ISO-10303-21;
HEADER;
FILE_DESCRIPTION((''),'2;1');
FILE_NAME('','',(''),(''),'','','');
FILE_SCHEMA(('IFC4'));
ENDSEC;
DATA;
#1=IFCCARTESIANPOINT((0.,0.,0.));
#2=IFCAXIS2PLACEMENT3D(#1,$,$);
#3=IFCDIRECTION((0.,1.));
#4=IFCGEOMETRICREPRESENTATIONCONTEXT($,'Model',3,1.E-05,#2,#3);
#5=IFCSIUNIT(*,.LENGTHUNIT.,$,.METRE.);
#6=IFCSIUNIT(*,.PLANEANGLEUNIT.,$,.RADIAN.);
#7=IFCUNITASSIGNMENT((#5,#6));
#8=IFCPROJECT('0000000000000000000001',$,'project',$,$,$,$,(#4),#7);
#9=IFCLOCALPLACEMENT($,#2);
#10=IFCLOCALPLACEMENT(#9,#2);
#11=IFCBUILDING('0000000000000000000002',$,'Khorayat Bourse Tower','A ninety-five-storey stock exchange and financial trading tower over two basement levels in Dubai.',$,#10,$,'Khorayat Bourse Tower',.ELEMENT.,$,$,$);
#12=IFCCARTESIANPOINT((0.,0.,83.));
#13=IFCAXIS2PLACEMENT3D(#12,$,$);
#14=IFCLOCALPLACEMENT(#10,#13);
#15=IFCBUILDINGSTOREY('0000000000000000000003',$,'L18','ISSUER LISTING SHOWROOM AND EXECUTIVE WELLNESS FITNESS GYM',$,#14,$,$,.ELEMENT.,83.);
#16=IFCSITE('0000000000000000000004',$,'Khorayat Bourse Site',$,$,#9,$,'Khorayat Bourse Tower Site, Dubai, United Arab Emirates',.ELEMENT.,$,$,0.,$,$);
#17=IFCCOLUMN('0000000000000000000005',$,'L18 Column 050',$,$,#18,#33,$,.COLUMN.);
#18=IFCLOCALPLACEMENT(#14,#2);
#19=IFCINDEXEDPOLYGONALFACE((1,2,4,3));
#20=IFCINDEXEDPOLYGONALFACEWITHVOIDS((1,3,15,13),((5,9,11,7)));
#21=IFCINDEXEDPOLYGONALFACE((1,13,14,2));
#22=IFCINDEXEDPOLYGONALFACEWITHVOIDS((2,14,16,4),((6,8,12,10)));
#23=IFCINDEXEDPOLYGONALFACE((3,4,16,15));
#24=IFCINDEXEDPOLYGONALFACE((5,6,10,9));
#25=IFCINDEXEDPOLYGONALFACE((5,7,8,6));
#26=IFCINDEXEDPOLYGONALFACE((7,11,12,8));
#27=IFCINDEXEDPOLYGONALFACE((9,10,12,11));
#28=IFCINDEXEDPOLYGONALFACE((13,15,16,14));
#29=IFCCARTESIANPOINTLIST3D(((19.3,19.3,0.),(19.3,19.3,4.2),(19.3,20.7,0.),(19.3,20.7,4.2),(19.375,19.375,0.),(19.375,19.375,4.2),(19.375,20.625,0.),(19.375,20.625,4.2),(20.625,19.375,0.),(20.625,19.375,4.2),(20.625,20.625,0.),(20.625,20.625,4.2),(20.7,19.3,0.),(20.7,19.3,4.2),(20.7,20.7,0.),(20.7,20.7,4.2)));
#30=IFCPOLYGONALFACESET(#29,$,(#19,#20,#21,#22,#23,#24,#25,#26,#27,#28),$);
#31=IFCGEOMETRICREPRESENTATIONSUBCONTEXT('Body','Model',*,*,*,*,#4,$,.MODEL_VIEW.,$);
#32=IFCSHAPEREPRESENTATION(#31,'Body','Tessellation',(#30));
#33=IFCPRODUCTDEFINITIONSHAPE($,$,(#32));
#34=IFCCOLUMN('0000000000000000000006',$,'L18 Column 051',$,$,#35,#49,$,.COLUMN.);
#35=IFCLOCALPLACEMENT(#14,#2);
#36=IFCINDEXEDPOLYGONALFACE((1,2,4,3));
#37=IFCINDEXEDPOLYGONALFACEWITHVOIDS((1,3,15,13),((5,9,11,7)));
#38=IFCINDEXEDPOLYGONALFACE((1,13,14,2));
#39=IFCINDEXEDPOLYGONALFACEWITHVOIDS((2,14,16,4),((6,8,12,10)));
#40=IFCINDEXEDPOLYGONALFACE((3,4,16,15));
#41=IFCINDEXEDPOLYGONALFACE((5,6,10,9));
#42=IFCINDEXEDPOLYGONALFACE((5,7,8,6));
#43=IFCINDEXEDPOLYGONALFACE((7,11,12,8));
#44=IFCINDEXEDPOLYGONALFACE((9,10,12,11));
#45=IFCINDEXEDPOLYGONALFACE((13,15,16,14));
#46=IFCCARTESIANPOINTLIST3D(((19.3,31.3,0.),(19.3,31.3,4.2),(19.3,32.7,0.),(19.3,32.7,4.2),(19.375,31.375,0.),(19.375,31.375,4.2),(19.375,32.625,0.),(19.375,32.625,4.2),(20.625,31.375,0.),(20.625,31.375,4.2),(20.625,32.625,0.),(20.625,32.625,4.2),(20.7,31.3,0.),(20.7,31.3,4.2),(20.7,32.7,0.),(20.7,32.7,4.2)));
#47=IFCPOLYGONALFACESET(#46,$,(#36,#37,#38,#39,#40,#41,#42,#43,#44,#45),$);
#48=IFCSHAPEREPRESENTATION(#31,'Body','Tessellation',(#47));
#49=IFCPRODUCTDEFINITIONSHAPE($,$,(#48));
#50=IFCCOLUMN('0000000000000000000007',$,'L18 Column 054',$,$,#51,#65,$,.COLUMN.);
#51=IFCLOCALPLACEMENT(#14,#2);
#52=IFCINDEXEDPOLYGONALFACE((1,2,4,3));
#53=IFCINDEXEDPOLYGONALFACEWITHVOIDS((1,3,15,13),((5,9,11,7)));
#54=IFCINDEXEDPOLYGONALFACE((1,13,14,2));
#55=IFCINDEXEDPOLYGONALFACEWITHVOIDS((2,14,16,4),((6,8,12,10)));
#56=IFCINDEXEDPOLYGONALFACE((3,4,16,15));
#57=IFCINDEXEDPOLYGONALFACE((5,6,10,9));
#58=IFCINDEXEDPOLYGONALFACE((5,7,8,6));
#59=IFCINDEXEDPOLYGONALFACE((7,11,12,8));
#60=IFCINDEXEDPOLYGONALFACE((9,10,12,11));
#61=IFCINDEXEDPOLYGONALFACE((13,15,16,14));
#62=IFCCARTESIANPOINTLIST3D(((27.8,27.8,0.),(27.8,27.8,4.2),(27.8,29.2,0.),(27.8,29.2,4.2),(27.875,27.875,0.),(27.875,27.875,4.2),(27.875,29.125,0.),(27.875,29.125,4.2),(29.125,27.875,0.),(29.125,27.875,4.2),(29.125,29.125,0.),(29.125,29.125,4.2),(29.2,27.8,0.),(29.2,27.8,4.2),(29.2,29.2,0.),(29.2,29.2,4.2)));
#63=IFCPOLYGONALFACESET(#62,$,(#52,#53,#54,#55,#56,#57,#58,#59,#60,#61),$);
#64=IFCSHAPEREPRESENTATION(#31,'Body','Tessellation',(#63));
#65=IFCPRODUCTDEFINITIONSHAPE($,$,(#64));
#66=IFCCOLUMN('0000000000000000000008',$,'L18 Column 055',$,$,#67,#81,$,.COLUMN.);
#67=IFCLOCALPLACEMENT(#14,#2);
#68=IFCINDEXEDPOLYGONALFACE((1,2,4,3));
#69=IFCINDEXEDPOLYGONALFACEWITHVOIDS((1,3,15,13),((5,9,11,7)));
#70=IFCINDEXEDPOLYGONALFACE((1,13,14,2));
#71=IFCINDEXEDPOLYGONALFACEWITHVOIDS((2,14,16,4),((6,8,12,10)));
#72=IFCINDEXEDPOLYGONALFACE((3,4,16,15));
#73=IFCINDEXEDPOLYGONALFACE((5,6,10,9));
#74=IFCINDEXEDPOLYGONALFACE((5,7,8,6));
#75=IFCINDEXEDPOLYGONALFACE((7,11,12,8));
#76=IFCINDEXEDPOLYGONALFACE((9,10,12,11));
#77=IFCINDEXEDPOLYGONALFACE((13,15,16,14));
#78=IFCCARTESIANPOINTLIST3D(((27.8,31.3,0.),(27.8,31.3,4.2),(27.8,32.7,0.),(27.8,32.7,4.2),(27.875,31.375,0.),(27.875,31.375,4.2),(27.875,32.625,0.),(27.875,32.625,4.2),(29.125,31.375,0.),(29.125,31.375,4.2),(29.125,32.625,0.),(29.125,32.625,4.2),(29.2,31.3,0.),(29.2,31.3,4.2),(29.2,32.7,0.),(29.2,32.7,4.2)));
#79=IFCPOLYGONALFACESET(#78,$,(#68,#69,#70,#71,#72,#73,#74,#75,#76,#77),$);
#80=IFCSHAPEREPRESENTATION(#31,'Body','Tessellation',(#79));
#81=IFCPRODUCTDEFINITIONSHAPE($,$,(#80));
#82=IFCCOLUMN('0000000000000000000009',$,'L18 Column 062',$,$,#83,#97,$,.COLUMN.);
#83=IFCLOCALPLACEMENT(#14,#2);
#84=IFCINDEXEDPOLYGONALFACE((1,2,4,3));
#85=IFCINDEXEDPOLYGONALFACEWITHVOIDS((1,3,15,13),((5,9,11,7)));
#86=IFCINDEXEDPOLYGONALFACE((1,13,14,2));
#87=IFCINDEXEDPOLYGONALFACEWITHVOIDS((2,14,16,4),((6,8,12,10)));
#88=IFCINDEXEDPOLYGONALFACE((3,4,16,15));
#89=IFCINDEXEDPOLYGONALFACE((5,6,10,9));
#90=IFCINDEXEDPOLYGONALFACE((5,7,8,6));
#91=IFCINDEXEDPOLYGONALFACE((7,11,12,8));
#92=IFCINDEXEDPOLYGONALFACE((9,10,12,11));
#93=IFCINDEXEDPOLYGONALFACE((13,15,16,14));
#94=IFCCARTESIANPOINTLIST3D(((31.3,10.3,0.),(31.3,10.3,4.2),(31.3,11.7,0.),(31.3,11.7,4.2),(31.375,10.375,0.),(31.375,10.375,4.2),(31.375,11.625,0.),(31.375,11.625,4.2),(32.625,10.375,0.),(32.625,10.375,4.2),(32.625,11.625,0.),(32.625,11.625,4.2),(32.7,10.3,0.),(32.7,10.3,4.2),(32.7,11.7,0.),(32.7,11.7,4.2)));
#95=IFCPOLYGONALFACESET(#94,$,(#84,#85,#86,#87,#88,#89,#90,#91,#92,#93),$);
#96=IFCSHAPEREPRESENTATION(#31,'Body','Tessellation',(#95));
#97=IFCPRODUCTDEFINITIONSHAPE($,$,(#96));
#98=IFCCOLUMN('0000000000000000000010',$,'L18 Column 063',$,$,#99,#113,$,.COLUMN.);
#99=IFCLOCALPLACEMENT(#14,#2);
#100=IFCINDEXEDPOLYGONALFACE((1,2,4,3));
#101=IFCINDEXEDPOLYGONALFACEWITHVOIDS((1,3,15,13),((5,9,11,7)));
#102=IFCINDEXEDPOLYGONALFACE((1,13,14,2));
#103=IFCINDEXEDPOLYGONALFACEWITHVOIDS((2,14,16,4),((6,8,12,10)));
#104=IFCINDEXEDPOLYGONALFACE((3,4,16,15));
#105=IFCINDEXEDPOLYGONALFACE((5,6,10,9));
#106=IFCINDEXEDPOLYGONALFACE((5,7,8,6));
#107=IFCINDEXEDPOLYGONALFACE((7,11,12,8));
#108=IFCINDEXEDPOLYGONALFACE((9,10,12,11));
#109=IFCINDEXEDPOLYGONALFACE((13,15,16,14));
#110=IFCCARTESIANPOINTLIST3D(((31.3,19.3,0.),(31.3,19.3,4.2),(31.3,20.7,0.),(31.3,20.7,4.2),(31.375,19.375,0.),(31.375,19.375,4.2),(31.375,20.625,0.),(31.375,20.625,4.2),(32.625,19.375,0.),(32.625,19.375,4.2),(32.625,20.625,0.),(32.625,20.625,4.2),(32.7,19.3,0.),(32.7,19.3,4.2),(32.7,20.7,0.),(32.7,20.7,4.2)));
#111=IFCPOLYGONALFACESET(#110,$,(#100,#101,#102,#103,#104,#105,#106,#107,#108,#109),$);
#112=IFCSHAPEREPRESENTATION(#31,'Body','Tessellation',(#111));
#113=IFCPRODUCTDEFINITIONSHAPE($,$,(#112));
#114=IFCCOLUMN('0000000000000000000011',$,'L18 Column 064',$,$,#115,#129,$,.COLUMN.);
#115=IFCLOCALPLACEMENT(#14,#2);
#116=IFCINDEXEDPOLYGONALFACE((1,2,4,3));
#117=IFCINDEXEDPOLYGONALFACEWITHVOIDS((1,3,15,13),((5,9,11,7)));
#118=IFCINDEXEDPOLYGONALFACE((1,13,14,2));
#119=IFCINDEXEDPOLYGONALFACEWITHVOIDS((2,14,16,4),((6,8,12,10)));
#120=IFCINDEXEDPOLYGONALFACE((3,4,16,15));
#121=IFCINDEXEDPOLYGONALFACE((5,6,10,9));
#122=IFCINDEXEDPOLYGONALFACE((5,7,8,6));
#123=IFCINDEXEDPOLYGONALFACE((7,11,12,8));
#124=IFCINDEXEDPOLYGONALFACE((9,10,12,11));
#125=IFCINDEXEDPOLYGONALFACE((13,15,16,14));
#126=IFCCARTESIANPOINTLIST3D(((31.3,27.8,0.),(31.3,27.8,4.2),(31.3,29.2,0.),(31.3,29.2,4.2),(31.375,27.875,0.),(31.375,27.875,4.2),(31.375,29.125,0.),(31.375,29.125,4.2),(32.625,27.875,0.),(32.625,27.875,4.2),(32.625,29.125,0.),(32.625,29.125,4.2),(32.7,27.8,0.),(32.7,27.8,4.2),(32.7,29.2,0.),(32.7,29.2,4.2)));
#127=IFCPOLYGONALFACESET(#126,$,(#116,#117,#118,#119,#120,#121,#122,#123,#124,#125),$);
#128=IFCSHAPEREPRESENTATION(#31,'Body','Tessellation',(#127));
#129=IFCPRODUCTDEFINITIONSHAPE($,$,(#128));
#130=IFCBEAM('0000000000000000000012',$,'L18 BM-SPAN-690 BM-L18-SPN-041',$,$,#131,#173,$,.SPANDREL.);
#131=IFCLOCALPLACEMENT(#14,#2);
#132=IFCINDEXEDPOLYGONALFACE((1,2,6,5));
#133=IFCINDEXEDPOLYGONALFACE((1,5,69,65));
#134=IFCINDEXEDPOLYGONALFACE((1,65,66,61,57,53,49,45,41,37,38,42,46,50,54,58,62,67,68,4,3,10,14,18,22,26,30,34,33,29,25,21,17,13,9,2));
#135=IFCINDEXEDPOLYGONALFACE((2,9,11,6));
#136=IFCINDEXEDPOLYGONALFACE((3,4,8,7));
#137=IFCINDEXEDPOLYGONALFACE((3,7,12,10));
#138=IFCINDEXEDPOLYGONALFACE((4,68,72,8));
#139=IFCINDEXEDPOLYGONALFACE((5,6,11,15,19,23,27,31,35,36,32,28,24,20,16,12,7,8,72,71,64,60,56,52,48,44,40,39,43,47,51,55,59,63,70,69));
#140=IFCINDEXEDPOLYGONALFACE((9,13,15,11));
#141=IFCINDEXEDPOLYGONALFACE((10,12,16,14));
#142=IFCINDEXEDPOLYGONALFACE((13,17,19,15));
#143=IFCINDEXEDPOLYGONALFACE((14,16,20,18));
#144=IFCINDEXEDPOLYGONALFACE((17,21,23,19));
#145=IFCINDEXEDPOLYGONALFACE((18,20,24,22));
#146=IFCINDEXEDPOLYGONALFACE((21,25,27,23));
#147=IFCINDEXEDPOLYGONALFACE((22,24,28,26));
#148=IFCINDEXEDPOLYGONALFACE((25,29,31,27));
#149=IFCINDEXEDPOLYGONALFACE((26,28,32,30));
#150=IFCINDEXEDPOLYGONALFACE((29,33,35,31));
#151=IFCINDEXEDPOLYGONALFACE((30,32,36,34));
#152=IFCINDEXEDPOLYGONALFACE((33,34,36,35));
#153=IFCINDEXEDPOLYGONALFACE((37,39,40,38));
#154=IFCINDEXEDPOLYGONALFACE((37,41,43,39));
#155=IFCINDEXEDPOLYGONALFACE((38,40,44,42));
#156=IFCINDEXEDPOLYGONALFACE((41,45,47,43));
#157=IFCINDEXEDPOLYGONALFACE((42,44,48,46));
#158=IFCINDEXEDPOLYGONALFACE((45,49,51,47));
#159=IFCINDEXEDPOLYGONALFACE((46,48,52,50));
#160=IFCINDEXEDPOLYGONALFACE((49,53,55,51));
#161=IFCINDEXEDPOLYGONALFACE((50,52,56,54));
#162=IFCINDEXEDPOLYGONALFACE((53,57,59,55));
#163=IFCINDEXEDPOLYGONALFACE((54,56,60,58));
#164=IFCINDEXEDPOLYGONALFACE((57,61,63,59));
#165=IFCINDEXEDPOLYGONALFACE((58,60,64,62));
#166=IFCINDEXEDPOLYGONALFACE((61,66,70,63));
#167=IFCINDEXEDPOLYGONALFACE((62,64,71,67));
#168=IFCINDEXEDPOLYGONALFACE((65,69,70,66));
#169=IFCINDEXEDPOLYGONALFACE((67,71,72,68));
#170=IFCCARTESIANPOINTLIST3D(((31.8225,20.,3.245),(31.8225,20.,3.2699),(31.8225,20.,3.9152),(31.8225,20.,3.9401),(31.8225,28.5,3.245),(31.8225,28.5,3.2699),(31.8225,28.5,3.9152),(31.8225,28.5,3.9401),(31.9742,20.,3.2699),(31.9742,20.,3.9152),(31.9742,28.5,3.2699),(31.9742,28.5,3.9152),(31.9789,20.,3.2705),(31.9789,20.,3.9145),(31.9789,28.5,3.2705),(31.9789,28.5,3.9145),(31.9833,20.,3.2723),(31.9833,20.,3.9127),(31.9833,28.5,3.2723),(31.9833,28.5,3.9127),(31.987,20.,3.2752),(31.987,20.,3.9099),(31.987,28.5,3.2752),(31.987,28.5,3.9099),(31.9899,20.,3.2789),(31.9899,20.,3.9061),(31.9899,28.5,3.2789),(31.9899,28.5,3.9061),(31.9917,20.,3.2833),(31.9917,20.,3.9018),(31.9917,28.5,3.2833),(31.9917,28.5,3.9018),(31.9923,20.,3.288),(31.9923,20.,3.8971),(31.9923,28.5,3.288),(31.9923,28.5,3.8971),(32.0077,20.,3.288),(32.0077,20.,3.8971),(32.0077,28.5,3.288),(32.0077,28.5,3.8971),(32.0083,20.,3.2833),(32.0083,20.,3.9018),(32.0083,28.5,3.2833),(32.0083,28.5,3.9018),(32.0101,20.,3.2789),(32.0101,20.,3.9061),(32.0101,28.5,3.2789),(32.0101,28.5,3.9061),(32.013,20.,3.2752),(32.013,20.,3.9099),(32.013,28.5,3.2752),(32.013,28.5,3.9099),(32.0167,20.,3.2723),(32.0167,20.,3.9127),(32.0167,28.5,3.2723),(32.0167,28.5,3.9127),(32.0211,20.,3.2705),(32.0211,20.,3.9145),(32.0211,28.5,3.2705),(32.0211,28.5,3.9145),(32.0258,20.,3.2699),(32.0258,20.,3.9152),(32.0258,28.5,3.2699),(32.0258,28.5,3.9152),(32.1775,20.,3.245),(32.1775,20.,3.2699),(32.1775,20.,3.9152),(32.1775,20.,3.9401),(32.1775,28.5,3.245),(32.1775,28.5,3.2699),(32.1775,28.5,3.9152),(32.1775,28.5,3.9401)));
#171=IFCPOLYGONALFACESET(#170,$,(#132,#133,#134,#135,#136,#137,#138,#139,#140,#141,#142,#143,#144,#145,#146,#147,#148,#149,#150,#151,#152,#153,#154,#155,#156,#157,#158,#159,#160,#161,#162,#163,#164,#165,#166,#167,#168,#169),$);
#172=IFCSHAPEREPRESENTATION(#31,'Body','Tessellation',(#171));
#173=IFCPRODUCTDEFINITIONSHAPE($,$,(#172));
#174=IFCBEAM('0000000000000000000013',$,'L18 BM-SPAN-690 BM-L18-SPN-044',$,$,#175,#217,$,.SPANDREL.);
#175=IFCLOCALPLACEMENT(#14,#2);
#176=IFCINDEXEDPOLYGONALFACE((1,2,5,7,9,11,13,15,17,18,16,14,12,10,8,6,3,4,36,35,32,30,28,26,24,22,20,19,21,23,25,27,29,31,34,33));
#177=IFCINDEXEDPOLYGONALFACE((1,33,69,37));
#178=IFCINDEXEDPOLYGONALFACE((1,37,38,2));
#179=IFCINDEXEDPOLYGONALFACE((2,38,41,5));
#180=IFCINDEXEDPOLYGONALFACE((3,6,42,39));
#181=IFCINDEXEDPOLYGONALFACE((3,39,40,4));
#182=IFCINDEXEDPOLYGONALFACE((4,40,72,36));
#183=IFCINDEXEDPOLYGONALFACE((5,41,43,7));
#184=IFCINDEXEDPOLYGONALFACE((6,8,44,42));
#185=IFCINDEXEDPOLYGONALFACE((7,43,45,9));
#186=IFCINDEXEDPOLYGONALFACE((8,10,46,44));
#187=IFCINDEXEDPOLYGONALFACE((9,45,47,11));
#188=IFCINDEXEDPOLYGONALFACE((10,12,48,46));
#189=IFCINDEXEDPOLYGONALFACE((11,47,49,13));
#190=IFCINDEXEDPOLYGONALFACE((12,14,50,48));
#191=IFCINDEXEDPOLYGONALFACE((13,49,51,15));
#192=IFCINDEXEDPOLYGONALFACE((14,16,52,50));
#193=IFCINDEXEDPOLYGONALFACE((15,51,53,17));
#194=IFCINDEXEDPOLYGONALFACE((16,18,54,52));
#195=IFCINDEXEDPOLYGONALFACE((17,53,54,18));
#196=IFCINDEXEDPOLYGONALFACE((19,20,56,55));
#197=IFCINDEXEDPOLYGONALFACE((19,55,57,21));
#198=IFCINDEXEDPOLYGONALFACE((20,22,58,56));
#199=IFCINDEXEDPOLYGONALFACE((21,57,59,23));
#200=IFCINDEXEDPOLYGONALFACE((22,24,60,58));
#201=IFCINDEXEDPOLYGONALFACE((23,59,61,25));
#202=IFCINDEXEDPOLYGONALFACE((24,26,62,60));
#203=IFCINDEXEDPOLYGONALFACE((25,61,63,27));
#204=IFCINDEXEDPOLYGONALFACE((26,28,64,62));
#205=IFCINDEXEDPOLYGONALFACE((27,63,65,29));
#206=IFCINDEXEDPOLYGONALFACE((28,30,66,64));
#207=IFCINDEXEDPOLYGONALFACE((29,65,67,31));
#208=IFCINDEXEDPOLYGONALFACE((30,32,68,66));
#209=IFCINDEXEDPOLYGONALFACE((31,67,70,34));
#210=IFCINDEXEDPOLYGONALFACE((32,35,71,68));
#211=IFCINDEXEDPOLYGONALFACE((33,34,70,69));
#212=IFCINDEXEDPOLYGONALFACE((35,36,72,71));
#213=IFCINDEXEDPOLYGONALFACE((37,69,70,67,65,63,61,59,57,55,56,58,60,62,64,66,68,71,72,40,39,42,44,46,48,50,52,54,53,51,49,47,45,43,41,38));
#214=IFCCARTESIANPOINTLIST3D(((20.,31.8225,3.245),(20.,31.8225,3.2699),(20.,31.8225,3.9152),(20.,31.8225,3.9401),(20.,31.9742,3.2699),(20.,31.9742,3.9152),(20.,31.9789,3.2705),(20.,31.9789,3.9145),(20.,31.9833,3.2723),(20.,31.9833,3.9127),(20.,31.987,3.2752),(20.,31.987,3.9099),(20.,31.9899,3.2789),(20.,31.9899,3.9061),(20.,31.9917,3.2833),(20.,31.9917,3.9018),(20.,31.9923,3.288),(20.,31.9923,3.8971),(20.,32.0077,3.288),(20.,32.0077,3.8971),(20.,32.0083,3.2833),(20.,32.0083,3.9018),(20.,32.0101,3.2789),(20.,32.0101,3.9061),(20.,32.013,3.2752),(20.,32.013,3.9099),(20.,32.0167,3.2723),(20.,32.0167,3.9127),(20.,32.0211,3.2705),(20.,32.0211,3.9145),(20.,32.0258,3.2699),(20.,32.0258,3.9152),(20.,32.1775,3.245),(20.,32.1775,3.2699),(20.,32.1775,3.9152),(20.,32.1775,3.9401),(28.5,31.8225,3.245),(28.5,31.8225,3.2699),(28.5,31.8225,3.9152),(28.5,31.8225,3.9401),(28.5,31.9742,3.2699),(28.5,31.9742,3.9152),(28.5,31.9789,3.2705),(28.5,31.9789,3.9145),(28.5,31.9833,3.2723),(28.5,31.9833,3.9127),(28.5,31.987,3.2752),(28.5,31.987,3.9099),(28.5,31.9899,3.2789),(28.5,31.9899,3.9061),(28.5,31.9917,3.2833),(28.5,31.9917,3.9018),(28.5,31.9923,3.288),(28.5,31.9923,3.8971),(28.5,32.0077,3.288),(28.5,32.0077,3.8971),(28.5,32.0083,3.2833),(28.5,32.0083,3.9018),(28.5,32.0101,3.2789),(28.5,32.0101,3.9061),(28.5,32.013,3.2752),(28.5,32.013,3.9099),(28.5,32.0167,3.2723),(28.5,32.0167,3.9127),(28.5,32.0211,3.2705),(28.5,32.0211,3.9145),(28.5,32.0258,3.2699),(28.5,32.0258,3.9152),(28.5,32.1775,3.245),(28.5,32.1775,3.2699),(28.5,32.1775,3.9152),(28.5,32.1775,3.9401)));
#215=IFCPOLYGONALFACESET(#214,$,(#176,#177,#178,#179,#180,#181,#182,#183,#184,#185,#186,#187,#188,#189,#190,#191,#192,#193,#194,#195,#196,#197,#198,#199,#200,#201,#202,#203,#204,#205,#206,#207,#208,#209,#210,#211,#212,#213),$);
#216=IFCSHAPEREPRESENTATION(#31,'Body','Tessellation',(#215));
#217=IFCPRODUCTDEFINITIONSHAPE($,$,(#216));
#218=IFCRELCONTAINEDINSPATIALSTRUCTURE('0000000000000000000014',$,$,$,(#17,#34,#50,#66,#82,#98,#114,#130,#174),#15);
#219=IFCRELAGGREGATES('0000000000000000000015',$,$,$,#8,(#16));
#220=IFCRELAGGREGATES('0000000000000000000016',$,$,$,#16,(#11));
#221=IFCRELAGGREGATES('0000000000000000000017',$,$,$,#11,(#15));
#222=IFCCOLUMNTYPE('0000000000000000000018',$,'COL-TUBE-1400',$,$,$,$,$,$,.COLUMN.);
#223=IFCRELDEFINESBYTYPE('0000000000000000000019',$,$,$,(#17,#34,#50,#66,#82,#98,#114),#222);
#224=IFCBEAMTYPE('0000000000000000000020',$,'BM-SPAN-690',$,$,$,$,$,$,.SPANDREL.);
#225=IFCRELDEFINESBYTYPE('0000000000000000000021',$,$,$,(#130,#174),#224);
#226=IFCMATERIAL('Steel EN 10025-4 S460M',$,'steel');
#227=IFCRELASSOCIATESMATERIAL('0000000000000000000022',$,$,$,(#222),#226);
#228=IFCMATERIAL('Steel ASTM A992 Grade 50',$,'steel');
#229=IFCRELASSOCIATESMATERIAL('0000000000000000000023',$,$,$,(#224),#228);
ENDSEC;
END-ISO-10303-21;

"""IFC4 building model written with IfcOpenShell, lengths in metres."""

from ifc_helpers import new_model, si_unit, direction, frame, origin, origin_2d, place, context, subcontext, project, spatial, hollow_rectangle, i_section, extrude, source, transform, mapped, material, material_profile, profile_set, type_object, element, save


model = new_model("IFC4")

# Units and contexts
model_context = context("Model", 3, precision=1e-05, world=origin(), true_north=direction((0.0, 1.0)))
body_context = subcontext(model_context, "Body", "Model", "MODEL_VIEW")
ifc_project = project(units=[si_unit("LENGTHUNIT", "METRE"), si_unit("PLANEANGLEUNIT", "RADIAN")], contexts=[model_context])

# Site, building, storey
site_placement = place(None, origin())
site = spatial("IfcSite", under=ifc_project, at=site_placement, Name="Khorayat Bourse Site", LongName="Khorayat Bourse Tower Site, Dubai, United Arab Emirates", CompositionType="ELEMENT", RefElevation=0.0)
building_placement = place(site_placement, origin())
building = spatial("IfcBuilding", under=site, at=building_placement, Name="Khorayat Bourse Tower", Description="A ninety-five-storey stock exchange and financial trading tower over two basement levels in Dubai.", LongName="Khorayat Bourse Tower", CompositionType="ELEMENT")
storey_placement = place(building_placement, frame((0.0, 0.0, 83.0)))
storey = spatial("IfcBuildingStorey", under=building, at=storey_placement, Name="L18", Description="ISSUER LISTING SHOWROOM AND EXECUTIVE WELLNESS FITNESS GYM", CompositionType="ELEMENT", Elevation=83.0)

# Columns
ifc_material_1 = material(Name="Steel EN 10025-4 S460M", Category="steel")
ifc_material_profile_1 = material_profile(ifc_material_1, hollow_rectangle(XDim=1.3999, YDim=1.3999, WallThickness=0.075, at=origin_2d()), Name="BOX 1400x1400x75")
ifc_profile_set_1 = profile_set([ifc_material_profile_1], Name="Steel EN 10025-4 S460M")
column_type = type_object("IfcColumnType", Name="COL-TUBE-1400", PredefinedType="COLUMN", material=ifc_profile_set_1)
shared_shape_1 = source(origin(), body_context, "Body", "SweptSolid", [
    extrude(hollow_rectangle(XDim=1.3999, YDim=1.3999, WallThickness=0.075, at=origin_2d()), origin(), (0.0, 0.0, 1.0), 4.2),
])
for number, where, z_axis, x_axis, name in (
    (1, (20.0, 20.0, 0.0), (0.0, 0.0, 1.0), (1.0, 0.0, 0.0), "L18 Column 050"),
    (2, (20.0, 32.0, 0.0), (0.0, 0.0, 1.0), (1.0, 0.0, 0.0), "L18 Column 051"),
    (3, (28.5, 28.5, 0.0), (0.0, 0.0, 1.0), (1.0, 0.0, 0.0), "L18 Column 054"),
    (4, (28.5, 32.0, 0.0), (0.0, 0.0, 1.0), (1.0, 0.0, 0.0), "L18 Column 055"),
    (5, (32.0, 11.0, 0.0), (0.0, 0.0, 1.0), (1.0, 0.0, 0.0), "L18 Column 062"),
    (6, (32.0, 20.0, 0.0), (0.0, 0.0, 1.0), (1.0, 0.0, 0.0), "L18 Column 063"),
    (7, (32.0, 28.5, 0.0), (0.0, 0.0, 1.0), (1.0, 0.0, 0.0), "L18 Column 064"),
):
    element("IfcColumn", number, at=place(storey_placement, frame(where, z_axis=z_axis, x_axis=x_axis)), inside=storey, type_object=column_type, Name=name, PredefinedType="COLUMN", context=body_context, shape_type="MappedRepresentation", body=[
        mapped(shared_shape_1, transform((0.0, 0.0, 0.0), scale=1.0)),
    ])

# Beams
ifc_material_2 = material(Name="Steel ASTM A992 Grade 50", Category="steel")
ifc_material_profile_2 = material_profile(ifc_material_2, i_section(OverallWidth=0.355, OverallDepth=0.6951, WebThickness=0.0154, FlangeThickness=0.0249, FilletRadius=0.0181, at=origin_2d()), Name="W690X217")
ifc_profile_set_2 = profile_set([ifc_material_profile_2], Name="Steel ASTM A992 Grade 50")
beam_type_1 = type_object("IfcBeamType", Name="BM-SPAN-690", PredefinedType="SPANDREL", material=ifc_profile_set_2)
shared_shape_2 = source(origin(), body_context, "Body", "SweptSolid", [
    extrude(i_section(OverallWidth=0.355, OverallDepth=0.6951, WebThickness=0.0154, FlangeThickness=0.0249, FilletRadius=0.0181, at=origin_2d()), origin(), (0.0, 0.0, 1.0), 8.5),
])
for number, where, z_axis, x_axis, name in (
    (8, (32.0, 20.0, 3.5925), (0.0, 1.0, 0.0), (-1.0, 0.0, 0.0), "L18 BM-SPAN-690 BM-L18-SPN-041"),
    (9, (20.0, 32.0, 3.5925), (1.0, 0.0, 0.0), (0.0, 1.0, 0.0), "L18 BM-SPAN-690 BM-L18-SPN-044"),
):
    element("IfcBeam", number, at=place(storey_placement, frame(where, z_axis=z_axis, x_axis=x_axis)), inside=storey, type_object=beam_type_1, Name=name, PredefinedType="SPANDREL", context=body_context, shape_type="MappedRepresentation", body=[
        mapped(shared_shape_2, transform((0.0, 0.0, 0.0), scale=1.0)),
    ])

save(model, "model.ifc")
